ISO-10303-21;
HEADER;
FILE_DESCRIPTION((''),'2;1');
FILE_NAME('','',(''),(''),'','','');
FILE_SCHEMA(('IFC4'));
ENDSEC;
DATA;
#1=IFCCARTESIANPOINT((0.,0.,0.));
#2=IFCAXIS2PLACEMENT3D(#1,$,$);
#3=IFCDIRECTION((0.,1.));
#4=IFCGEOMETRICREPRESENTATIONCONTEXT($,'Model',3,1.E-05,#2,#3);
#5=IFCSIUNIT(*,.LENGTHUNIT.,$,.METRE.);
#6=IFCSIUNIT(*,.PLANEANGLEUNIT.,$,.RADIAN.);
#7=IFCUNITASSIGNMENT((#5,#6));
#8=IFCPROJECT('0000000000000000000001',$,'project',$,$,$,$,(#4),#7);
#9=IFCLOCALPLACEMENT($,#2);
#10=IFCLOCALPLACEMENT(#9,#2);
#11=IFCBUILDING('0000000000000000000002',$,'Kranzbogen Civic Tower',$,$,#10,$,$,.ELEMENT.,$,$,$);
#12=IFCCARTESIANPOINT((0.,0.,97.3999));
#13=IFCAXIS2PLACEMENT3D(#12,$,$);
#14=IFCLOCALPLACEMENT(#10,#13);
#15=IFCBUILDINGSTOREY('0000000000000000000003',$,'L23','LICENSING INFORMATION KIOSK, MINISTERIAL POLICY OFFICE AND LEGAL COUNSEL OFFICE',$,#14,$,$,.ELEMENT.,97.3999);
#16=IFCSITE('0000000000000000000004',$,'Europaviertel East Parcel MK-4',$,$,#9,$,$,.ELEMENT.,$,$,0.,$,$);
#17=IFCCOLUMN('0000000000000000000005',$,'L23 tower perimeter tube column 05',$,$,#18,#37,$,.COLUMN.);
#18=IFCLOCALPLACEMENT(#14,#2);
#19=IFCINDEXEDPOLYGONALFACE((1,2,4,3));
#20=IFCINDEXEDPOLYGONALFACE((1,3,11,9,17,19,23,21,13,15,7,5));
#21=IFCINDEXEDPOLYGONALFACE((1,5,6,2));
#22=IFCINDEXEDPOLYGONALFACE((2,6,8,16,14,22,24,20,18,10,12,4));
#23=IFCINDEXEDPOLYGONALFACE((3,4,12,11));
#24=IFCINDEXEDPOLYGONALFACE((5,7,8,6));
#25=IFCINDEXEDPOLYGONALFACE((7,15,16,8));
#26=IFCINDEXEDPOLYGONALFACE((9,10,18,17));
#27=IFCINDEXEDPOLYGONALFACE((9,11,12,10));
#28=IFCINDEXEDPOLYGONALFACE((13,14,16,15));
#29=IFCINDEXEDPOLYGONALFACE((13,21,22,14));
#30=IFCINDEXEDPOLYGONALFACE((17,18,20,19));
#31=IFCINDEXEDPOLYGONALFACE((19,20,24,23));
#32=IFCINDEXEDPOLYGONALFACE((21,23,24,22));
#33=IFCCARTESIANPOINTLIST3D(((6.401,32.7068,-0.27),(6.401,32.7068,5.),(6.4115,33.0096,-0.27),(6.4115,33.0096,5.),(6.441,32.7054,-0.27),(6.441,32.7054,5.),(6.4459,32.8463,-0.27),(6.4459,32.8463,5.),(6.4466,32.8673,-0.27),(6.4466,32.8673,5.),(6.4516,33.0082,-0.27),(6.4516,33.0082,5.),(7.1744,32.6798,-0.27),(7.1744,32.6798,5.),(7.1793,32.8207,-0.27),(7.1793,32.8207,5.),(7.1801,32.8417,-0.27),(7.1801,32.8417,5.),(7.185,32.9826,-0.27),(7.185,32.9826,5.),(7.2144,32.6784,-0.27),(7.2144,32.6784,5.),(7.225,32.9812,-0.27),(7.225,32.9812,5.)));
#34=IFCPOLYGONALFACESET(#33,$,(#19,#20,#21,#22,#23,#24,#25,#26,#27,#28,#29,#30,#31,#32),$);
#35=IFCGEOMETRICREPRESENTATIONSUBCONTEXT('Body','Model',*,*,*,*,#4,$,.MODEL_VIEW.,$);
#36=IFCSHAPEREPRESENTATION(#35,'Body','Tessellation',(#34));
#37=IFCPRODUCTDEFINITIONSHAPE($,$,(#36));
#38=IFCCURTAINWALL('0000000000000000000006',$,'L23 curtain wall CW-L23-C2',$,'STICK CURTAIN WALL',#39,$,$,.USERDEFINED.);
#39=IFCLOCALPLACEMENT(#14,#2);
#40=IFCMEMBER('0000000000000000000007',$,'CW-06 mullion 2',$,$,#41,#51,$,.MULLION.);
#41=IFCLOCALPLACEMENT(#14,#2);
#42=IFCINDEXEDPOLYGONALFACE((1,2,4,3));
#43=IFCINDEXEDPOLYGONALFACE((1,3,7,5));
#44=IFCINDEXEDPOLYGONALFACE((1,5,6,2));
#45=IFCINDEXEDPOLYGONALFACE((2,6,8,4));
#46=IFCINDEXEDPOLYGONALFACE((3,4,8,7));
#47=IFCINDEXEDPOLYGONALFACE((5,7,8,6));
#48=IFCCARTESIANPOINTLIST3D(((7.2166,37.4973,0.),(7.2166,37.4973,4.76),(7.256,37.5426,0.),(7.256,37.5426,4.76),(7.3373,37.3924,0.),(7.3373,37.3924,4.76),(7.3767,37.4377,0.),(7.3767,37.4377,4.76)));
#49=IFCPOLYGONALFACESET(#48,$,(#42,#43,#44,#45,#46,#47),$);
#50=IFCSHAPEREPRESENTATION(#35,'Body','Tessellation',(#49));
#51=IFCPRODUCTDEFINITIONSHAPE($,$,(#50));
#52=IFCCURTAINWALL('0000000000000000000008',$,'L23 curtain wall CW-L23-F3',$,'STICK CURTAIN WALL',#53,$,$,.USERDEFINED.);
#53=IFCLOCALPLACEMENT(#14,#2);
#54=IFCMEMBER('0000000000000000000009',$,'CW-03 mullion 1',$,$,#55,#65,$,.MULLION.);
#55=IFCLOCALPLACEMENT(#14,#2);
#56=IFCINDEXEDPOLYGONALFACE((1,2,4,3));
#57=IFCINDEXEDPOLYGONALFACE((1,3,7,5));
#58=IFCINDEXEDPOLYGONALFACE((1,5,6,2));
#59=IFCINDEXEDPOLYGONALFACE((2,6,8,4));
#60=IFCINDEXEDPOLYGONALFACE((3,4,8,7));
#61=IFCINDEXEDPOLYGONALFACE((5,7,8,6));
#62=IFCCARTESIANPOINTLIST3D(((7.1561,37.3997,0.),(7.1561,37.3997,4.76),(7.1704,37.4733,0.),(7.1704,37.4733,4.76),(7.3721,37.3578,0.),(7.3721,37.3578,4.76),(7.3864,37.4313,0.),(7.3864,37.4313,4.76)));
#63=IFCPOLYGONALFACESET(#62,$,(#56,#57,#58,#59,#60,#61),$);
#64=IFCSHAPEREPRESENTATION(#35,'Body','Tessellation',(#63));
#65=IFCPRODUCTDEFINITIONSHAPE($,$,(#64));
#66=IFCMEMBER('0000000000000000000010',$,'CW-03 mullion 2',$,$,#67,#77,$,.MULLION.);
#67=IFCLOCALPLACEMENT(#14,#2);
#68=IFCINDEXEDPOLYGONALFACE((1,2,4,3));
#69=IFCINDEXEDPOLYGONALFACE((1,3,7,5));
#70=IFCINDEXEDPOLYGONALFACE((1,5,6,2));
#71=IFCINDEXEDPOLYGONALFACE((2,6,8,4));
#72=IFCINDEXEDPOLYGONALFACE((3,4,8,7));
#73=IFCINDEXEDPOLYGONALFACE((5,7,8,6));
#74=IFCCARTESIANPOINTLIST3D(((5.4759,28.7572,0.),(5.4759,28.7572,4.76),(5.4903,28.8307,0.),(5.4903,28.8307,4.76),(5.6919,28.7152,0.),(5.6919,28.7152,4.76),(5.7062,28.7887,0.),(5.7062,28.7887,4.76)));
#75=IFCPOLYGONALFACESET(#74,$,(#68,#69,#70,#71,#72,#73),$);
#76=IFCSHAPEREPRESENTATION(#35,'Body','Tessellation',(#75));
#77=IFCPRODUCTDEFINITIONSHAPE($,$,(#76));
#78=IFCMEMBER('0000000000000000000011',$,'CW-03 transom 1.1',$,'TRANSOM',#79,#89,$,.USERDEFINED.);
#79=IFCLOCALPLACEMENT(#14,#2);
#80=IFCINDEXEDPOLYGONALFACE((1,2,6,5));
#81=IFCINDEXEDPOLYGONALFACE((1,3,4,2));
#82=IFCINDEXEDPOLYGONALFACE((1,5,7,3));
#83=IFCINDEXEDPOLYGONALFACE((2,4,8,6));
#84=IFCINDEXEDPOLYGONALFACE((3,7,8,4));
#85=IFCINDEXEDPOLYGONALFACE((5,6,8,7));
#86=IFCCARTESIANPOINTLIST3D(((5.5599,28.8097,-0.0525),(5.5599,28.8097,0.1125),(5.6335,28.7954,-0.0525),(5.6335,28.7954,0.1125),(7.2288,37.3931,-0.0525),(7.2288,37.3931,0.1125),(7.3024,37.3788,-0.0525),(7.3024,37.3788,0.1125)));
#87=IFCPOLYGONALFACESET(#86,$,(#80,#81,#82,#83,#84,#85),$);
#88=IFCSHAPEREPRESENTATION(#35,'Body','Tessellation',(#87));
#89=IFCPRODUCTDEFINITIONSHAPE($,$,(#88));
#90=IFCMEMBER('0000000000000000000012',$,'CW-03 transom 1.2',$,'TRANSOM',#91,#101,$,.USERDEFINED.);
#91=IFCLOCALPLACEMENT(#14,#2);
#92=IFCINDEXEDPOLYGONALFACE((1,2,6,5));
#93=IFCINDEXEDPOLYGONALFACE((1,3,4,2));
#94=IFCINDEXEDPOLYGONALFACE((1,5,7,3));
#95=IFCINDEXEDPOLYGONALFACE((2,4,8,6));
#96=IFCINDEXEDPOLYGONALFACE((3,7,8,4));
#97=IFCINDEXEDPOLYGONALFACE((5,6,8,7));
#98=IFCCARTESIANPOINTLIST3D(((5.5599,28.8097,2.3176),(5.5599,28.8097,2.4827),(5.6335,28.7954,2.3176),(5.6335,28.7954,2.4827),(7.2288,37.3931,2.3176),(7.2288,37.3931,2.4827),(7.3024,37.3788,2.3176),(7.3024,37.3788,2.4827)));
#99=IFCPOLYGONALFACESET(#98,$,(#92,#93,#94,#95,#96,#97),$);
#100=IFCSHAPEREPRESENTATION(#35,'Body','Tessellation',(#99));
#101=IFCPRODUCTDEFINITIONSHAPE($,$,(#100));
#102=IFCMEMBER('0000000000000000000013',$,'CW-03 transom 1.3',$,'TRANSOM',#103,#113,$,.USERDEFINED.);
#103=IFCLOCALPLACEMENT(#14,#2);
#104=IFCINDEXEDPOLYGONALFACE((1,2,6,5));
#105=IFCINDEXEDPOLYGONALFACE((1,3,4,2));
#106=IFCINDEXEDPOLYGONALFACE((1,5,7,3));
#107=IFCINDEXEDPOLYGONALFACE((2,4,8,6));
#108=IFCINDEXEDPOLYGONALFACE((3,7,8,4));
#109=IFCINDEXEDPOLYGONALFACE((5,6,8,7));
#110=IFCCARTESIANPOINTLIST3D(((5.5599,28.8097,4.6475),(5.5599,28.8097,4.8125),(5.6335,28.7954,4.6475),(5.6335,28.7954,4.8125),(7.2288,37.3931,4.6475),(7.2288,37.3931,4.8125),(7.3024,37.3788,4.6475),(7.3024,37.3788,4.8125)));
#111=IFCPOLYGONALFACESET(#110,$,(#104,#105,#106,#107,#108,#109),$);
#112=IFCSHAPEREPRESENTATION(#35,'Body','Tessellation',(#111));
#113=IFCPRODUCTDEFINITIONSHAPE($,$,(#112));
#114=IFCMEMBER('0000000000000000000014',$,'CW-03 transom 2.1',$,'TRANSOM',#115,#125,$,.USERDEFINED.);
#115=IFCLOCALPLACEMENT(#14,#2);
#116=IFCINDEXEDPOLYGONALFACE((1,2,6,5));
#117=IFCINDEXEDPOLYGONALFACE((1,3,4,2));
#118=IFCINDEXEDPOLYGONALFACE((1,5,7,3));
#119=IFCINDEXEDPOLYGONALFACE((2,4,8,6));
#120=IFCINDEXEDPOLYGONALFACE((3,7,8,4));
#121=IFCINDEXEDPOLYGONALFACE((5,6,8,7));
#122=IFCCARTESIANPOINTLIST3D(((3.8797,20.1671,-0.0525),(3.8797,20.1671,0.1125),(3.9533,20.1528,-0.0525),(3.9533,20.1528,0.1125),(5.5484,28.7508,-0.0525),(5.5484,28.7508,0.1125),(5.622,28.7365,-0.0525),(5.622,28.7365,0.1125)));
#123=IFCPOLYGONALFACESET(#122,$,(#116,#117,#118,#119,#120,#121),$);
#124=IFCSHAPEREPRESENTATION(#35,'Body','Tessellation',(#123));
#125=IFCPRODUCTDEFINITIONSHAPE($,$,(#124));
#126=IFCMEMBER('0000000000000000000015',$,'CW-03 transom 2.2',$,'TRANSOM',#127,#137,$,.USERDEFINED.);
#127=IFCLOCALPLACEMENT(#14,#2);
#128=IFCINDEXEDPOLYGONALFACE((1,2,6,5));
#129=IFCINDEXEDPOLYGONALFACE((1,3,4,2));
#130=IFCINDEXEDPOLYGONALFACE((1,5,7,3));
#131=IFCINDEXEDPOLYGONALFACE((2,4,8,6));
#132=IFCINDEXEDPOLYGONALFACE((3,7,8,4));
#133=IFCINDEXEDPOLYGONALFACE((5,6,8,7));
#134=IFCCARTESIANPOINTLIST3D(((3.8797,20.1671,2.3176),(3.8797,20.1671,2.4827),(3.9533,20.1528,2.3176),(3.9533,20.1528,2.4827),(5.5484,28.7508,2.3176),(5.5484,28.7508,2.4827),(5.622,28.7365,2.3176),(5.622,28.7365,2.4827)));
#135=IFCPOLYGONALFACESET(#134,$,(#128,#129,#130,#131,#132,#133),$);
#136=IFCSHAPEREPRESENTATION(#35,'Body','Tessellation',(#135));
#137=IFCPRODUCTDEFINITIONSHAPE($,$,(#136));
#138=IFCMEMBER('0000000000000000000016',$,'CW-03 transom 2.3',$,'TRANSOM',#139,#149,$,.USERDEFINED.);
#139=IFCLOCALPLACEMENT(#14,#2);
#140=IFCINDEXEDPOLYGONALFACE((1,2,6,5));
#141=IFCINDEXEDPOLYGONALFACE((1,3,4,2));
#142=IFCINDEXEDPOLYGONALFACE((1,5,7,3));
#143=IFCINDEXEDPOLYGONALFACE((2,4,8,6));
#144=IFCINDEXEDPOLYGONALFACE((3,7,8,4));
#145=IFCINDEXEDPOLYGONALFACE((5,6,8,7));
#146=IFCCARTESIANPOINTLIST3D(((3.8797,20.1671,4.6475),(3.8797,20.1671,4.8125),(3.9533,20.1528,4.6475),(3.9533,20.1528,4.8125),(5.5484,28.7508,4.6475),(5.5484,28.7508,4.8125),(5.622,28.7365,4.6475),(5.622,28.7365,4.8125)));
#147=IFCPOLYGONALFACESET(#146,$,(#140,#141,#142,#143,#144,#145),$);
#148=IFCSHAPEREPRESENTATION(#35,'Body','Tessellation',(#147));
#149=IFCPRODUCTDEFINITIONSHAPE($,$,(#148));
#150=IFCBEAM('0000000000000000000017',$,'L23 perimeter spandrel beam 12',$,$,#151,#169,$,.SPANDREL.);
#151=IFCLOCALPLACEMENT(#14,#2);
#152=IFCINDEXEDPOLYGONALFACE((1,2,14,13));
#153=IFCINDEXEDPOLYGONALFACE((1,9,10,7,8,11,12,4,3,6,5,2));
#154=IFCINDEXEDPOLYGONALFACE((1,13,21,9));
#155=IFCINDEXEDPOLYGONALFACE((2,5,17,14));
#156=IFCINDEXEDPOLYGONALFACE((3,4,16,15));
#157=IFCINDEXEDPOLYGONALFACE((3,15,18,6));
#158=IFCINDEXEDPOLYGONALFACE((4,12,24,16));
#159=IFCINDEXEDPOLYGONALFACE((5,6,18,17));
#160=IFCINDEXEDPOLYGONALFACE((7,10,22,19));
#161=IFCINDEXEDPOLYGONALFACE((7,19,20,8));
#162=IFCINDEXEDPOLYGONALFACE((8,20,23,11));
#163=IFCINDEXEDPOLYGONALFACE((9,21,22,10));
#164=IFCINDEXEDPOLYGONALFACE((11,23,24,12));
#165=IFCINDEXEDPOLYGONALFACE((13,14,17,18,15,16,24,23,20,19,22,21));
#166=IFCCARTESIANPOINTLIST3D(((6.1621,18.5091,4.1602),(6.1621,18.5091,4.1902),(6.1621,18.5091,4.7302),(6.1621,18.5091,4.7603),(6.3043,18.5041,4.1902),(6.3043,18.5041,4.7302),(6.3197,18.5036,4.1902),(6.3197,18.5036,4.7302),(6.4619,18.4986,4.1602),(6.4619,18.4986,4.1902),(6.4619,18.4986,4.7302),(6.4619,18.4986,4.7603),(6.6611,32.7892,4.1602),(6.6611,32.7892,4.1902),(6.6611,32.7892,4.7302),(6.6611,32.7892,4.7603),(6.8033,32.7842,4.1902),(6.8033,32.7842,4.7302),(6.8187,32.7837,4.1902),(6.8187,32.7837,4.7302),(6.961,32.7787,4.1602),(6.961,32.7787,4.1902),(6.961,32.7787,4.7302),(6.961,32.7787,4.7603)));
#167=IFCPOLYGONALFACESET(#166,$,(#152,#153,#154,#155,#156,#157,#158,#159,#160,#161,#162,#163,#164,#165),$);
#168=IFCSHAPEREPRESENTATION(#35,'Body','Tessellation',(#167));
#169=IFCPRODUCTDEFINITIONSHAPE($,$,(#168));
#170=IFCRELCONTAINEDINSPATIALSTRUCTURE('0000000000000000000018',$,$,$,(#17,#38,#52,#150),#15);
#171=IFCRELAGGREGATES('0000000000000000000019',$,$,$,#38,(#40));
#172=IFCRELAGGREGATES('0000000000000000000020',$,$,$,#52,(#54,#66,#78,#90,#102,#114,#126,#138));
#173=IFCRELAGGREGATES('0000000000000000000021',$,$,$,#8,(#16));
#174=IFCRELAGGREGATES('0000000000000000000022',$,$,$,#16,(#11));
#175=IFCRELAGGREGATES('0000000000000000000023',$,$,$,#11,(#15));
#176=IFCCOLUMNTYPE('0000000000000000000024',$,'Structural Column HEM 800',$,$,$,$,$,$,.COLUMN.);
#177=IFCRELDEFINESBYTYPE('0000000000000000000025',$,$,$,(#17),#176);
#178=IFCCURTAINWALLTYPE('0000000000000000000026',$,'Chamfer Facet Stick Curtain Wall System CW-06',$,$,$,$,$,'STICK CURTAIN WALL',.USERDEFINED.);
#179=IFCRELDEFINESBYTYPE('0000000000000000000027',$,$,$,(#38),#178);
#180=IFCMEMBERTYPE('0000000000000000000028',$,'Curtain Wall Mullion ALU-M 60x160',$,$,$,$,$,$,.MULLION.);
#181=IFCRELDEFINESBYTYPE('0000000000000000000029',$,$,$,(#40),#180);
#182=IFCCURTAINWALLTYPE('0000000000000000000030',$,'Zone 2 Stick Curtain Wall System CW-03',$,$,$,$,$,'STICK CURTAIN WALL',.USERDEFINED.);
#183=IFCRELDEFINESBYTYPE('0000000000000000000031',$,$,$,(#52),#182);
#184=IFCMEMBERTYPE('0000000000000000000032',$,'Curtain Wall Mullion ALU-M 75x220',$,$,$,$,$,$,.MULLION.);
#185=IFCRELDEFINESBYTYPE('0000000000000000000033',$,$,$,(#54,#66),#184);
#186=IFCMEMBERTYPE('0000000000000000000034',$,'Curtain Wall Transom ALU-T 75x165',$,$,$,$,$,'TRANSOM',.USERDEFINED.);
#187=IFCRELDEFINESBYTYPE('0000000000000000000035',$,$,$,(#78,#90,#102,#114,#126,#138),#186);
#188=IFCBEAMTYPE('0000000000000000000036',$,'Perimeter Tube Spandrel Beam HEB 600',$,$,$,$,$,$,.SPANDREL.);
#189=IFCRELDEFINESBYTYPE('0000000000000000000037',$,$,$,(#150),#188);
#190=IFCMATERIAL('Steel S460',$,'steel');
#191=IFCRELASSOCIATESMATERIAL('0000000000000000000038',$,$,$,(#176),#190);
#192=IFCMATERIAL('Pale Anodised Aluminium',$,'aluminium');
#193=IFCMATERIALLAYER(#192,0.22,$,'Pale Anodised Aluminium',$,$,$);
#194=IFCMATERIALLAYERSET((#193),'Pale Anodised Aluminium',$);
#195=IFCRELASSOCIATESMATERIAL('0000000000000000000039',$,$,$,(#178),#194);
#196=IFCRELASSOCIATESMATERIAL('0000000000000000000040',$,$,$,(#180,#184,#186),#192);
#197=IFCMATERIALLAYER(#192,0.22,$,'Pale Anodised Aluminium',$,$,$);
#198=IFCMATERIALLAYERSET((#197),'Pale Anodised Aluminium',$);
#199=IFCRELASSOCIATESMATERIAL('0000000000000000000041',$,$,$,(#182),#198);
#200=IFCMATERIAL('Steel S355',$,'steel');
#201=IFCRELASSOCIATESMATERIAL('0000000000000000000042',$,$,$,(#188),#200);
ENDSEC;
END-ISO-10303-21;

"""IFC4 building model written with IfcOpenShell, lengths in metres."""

from ifc_helpers import new_model, si_unit, direction, frame, origin, origin_2d, place, context, subcontext, project, spatial, rectangle, i_section, extrude, material, layer, layer_set, material_profile, profile_set, type_object, element, aggregate, save


model = new_model("IFC4")

# Units and contexts
model_context = context("Model", 3, precision=1e-05, world=origin(), true_north=direction((0.0, 1.0)))
body_context = subcontext(model_context, "Body", "Model", "MODEL_VIEW")
ifc_project = project(units=[si_unit("LENGTHUNIT", "METRE"), si_unit("PLANEANGLEUNIT", "RADIAN")], contexts=[model_context])

# Site, building, storey
site_placement = place(None, origin())
site = spatial("IfcSite", under=ifc_project, at=site_placement, Name="Europaviertel East Parcel MK-4", CompositionType="ELEMENT", RefElevation=0.0)
building_placement = place(site_placement, origin())
building = spatial("IfcBuilding", under=site, at=building_placement, Name="Kranzbogen Civic Tower", CompositionType="ELEMENT")
storey_placement = place(building_placement, frame((0.0, 0.0, 97.3999)))
storey = spatial("IfcBuildingStorey", under=building, at=storey_placement, Name="L23", Description="LICENSING INFORMATION KIOSK, MINISTERIAL POLICY OFFICE AND LEGAL COUNSEL OFFICE", CompositionType="ELEMENT", Elevation=97.3999)

# Column
ifc_material_1 = material(Name="Steel S460", Category="steel")
ifc_material_profile_1 = material_profile(ifc_material_1, i_section(OverallWidth=0.303, OverallDepth=0.814, WebThickness=0.021, FlangeThickness=0.04, at=origin_2d()), Name="HEM 800")
ifc_profile_set_1 = profile_set([ifc_material_profile_1], Name="Steel S460")
column_type = type_object("IfcColumnType", Name="Structural Column HEM 800", PredefinedType="COLUMN", material=ifc_profile_set_1)
column_placement = place(storey_placement, frame((6.813, 32.844, -0.27), z_axis=(0.0, 0.0, 1.0), x_axis=(0.034899, 0.999391, 0.0)))
element("IfcColumn", 1, at=column_placement, inside=storey, type_object=column_type, Name="L23 tower perimeter tube column 05", PredefinedType="COLUMN", context=body_context, shape_type="SweptSolid", body=[
    extrude(i_section(OverallWidth=0.303, OverallDepth=0.814, WebThickness=0.021, FlangeThickness=0.04, at=origin_2d()), origin(), (0.0, 0.0, 1.0), 5.27),
])

# Curtain wall, member
ifc_material_2 = material(Name="Pale Anodised Aluminium", Category="aluminium")
ifc_layer_1 = layer(ifc_material_2, 0.22, Name="Pale Anodised Aluminium")
ifc_layer_set_1 = layer_set([ifc_layer_1], Name="Pale Anodised Aluminium")
curtain_wall_type_1 = type_object("IfcCurtainWallType", Name="Chamfer Facet Stick Curtain Wall System CW-06", ElementType="STICK CURTAIN WALL", PredefinedType="USERDEFINED", material=ifc_layer_set_1)
curtain_wall_1_placement = place(storey_placement, origin())
curtain_wall_1 = element("IfcCurtainWall", 2, at=curtain_wall_1_placement, inside=storey, type_object=curtain_wall_type_1, Name="L23 curtain wall CW-L23-C2", ObjectType="STICK CURTAIN WALL", PredefinedType="USERDEFINED")
ifc_material_profile_2 = material_profile(ifc_material_2, rectangle(XDim=0.0601, YDim=0.1599, at=origin_2d()), Name="ALU-M 60x160")
ifc_profile_set_2 = profile_set([ifc_material_profile_2], Name="Pale Anodised Aluminium")
member_type_1 = type_object("IfcMemberType", Name="Curtain Wall Mullion ALU-M 60x160", PredefinedType="MULLION", material=ifc_profile_set_2)
member_1_placement = place(storey_placement, frame((7.2966, 37.4675, 0.0), z_axis=(0.0, 0.0, 1.0), x_axis=(-0.656062, -0.754707, 0.0)))
member_1 = element("IfcMember", 3, at=member_1_placement, type_object=member_type_1, Name="CW-06 mullion 2", PredefinedType="MULLION", context=body_context, shape_type="SweptSolid", body=[
    extrude(rectangle(XDim=0.0601, YDim=0.1599, at=origin_2d()), origin(), (0.0, 0.0, 1.0), 4.76),
])
aggregate(curtain_wall_1, [member_1])

# Curtain wall, members
ifc_layer_2 = layer(ifc_material_2, 0.22, Name="Pale Anodised Aluminium")
ifc_layer_set_2 = layer_set([ifc_layer_2], Name="Pale Anodised Aluminium")
curtain_wall_type_2 = type_object("IfcCurtainWallType", Name="Zone 2 Stick Curtain Wall System CW-03", ElementType="STICK CURTAIN WALL", PredefinedType="USERDEFINED", material=ifc_layer_set_2)
curtain_wall_2_placement = place(storey_placement, origin())
curtain_wall_2 = element("IfcCurtainWall", 4, at=curtain_wall_2_placement, inside=storey, type_object=curtain_wall_type_2, Name="L23 curtain wall CW-L23-F3", ObjectType="STICK CURTAIN WALL", PredefinedType="USERDEFINED")
ifc_material_profile_3 = material_profile(ifc_material_2, rectangle(XDim=0.075, YDim=0.22, at=origin_2d()), Name="ALU-M 75x220")
ifc_profile_set_3 = profile_set([ifc_material_profile_3], Name="Pale Anodised Aluminium")
member_type_2 = type_object("IfcMemberType", Name="Curtain Wall Mullion ALU-M 75x220", PredefinedType="MULLION", material=ifc_profile_set_3)
member_2_placement = place(storey_placement, frame((7.2712, 37.4155, 0.0), z_axis=(0.0, 0.0, 1.0), x_axis=(-0.190845, -0.98162, 0.0)))
member_2 = element("IfcMember", 5, at=member_2_placement, type_object=member_type_2, Name="CW-03 mullion 1", PredefinedType="MULLION", context=body_context, shape_type="SweptSolid", body=[
    extrude(rectangle(XDim=0.075, YDim=0.22, at=origin_2d()), origin(), (0.0, 0.0, 1.0), 4.76),
])
member_3_placement = place(storey_placement, frame((5.5911, 28.7729, 0.0), z_axis=(0.0, 0.0, 1.0), x_axis=(-0.190845, -0.98162, 0.0)))
member_3 = element("IfcMember", 6, at=member_3_placement, type_object=member_type_2, Name="CW-03 mullion 2", PredefinedType="MULLION", context=body_context, shape_type="SweptSolid", body=[
    extrude(rectangle(XDim=0.075, YDim=0.22, at=origin_2d()), origin(), (0.0, 0.0, 1.0), 4.76),
])
ifc_material_profile_4 = material_profile(ifc_material_2, rectangle(XDim=0.075, YDim=0.165, at=origin_2d()), Name="ALU-T 75x165")
ifc_profile_set_4 = profile_set([ifc_material_profile_4], Name="Pale Anodised Aluminium")
member_type_3 = type_object("IfcMemberType", Name="Curtain Wall Transom ALU-T 75x165", ElementType="TRANSOM", PredefinedType="USERDEFINED", material=ifc_profile_set_4)
member_4_placement = place(storey_placement, frame((7.2656, 37.386, 0.03), z_axis=(-0.190862, -0.981617, 0.0), x_axis=(0.981617, -0.190862, 0.0)))
member_4 = element("IfcMember", 7, at=member_4_placement, type_object=member_type_3, Name="CW-03 transom 1.1", ObjectType="TRANSOM", PredefinedType="USERDEFINED", context=body_context, shape_type="SweptSolid", body=[
    extrude(rectangle(XDim=0.075, YDim=0.165, at=origin_2d()), origin(), (0.0, 0.0, 1.0), 8.7441),
])
member_5_placement = place(storey_placement, frame((7.2656, 37.386, 2.4001), z_axis=(-0.190862, -0.981617, 0.0), x_axis=(0.981617, -0.190862, 0.0)))
member_5 = element("IfcMember", 8, at=member_5_placement, type_object=member_type_3, Name="CW-03 transom 1.2", ObjectType="TRANSOM", PredefinedType="USERDEFINED", context=body_context, shape_type="SweptSolid", body=[
    extrude(rectangle(XDim=0.075, YDim=0.165, at=origin_2d()), origin(), (0.0, 0.0, 1.0), 8.7441),
])
member_6_placement = place(storey_placement, frame((7.2656, 37.386, 4.73), z_axis=(-0.190862, -0.981617, 0.0), x_axis=(0.981617, -0.190862, 0.0)))
member_6 = element("IfcMember", 9, at=member_6_placement, type_object=member_type_3, Name="CW-03 transom 1.3", ObjectType="TRANSOM", PredefinedType="USERDEFINED", context=body_context, shape_type="SweptSolid", body=[
    extrude(rectangle(XDim=0.075, YDim=0.165, at=origin_2d()), origin(), (0.0, 0.0, 1.0), 8.7441),
])
member_7_placement = place(storey_placement, frame((5.5852, 28.7437, 0.03), z_axis=(-0.19083, -0.981623, 0.0), x_axis=(0.981623, -0.19083, 0.0)))
member_7 = element("IfcMember", 10, at=member_7_placement, type_object=member_type_3, Name="CW-03 transom 2.1", ObjectType="TRANSOM", PredefinedType="USERDEFINED", context=body_context, shape_type="SweptSolid", body=[
    extrude(rectangle(XDim=0.075, YDim=0.165, at=origin_2d()), origin(), (0.0, 0.0, 1.0), 8.7444),
])
member_8_placement = place(storey_placement, frame((5.5852, 28.7437, 2.4001), z_axis=(-0.19083, -0.981623, 0.0), x_axis=(0.981623, -0.19083, 0.0)))
member_8 = element("IfcMember", 11, at=member_8_placement, type_object=member_type_3, Name="CW-03 transom 2.2", ObjectType="TRANSOM", PredefinedType="USERDEFINED", context=body_context, shape_type="SweptSolid", body=[
    extrude(rectangle(XDim=0.075, YDim=0.165, at=origin_2d()), origin(), (0.0, 0.0, 1.0), 8.7444),
])
member_9_placement = place(storey_placement, frame((5.5852, 28.7437, 4.73), z_axis=(-0.19083, -0.981623, 0.0), x_axis=(0.981623, -0.19083, 0.0)))
member_9 = element("IfcMember", 12, at=member_9_placement, type_object=member_type_3, Name="CW-03 transom 2.3", ObjectType="TRANSOM", PredefinedType="USERDEFINED", context=body_context, shape_type="SweptSolid", body=[
    extrude(rectangle(XDim=0.075, YDim=0.165, at=origin_2d()), origin(), (0.0, 0.0, 1.0), 8.7444),
])

# Beam
ifc_material_3 = material(Name="Steel S355", Category="steel")
ifc_material_profile_5 = material_profile(ifc_material_3, i_section(OverallWidth=0.3, OverallDepth=0.6001, WebThickness=0.0154, FlangeThickness=0.03, at=origin_2d()), Name="HEB 600")
ifc_profile_set_5 = profile_set([ifc_material_profile_5], Name="Steel S355")
beam_type_1 = type_object("IfcBeamType", Name="Perimeter Tube Spandrel Beam HEB 600", PredefinedType="SPANDREL", material=ifc_profile_set_5)
beam_1_placement = place(storey_placement, frame((6.811, 32.7839, 4.4602), z_axis=(-0.034924, -0.99939, 0.0), x_axis=(0.99939, -0.034924, 0.0)))
element("IfcBeam", 13, at=beam_1_placement, inside=storey, type_object=beam_type_1, Name="L23 perimeter spandrel beam 12", PredefinedType="SPANDREL", context=body_context, shape_type="SweptSolid", body=[
    extrude(i_section(OverallWidth=0.3, OverallDepth=0.6001, WebThickness=0.0154, FlangeThickness=0.03, at=origin_2d()), origin(), (0.0, 0.0, 1.0), 14.2888),
])

aggregate(curtain_wall_2, [member_2, member_3, member_4, member_5, member_6, member_7, member_8, member_9])

save(model, "model.ifc")
